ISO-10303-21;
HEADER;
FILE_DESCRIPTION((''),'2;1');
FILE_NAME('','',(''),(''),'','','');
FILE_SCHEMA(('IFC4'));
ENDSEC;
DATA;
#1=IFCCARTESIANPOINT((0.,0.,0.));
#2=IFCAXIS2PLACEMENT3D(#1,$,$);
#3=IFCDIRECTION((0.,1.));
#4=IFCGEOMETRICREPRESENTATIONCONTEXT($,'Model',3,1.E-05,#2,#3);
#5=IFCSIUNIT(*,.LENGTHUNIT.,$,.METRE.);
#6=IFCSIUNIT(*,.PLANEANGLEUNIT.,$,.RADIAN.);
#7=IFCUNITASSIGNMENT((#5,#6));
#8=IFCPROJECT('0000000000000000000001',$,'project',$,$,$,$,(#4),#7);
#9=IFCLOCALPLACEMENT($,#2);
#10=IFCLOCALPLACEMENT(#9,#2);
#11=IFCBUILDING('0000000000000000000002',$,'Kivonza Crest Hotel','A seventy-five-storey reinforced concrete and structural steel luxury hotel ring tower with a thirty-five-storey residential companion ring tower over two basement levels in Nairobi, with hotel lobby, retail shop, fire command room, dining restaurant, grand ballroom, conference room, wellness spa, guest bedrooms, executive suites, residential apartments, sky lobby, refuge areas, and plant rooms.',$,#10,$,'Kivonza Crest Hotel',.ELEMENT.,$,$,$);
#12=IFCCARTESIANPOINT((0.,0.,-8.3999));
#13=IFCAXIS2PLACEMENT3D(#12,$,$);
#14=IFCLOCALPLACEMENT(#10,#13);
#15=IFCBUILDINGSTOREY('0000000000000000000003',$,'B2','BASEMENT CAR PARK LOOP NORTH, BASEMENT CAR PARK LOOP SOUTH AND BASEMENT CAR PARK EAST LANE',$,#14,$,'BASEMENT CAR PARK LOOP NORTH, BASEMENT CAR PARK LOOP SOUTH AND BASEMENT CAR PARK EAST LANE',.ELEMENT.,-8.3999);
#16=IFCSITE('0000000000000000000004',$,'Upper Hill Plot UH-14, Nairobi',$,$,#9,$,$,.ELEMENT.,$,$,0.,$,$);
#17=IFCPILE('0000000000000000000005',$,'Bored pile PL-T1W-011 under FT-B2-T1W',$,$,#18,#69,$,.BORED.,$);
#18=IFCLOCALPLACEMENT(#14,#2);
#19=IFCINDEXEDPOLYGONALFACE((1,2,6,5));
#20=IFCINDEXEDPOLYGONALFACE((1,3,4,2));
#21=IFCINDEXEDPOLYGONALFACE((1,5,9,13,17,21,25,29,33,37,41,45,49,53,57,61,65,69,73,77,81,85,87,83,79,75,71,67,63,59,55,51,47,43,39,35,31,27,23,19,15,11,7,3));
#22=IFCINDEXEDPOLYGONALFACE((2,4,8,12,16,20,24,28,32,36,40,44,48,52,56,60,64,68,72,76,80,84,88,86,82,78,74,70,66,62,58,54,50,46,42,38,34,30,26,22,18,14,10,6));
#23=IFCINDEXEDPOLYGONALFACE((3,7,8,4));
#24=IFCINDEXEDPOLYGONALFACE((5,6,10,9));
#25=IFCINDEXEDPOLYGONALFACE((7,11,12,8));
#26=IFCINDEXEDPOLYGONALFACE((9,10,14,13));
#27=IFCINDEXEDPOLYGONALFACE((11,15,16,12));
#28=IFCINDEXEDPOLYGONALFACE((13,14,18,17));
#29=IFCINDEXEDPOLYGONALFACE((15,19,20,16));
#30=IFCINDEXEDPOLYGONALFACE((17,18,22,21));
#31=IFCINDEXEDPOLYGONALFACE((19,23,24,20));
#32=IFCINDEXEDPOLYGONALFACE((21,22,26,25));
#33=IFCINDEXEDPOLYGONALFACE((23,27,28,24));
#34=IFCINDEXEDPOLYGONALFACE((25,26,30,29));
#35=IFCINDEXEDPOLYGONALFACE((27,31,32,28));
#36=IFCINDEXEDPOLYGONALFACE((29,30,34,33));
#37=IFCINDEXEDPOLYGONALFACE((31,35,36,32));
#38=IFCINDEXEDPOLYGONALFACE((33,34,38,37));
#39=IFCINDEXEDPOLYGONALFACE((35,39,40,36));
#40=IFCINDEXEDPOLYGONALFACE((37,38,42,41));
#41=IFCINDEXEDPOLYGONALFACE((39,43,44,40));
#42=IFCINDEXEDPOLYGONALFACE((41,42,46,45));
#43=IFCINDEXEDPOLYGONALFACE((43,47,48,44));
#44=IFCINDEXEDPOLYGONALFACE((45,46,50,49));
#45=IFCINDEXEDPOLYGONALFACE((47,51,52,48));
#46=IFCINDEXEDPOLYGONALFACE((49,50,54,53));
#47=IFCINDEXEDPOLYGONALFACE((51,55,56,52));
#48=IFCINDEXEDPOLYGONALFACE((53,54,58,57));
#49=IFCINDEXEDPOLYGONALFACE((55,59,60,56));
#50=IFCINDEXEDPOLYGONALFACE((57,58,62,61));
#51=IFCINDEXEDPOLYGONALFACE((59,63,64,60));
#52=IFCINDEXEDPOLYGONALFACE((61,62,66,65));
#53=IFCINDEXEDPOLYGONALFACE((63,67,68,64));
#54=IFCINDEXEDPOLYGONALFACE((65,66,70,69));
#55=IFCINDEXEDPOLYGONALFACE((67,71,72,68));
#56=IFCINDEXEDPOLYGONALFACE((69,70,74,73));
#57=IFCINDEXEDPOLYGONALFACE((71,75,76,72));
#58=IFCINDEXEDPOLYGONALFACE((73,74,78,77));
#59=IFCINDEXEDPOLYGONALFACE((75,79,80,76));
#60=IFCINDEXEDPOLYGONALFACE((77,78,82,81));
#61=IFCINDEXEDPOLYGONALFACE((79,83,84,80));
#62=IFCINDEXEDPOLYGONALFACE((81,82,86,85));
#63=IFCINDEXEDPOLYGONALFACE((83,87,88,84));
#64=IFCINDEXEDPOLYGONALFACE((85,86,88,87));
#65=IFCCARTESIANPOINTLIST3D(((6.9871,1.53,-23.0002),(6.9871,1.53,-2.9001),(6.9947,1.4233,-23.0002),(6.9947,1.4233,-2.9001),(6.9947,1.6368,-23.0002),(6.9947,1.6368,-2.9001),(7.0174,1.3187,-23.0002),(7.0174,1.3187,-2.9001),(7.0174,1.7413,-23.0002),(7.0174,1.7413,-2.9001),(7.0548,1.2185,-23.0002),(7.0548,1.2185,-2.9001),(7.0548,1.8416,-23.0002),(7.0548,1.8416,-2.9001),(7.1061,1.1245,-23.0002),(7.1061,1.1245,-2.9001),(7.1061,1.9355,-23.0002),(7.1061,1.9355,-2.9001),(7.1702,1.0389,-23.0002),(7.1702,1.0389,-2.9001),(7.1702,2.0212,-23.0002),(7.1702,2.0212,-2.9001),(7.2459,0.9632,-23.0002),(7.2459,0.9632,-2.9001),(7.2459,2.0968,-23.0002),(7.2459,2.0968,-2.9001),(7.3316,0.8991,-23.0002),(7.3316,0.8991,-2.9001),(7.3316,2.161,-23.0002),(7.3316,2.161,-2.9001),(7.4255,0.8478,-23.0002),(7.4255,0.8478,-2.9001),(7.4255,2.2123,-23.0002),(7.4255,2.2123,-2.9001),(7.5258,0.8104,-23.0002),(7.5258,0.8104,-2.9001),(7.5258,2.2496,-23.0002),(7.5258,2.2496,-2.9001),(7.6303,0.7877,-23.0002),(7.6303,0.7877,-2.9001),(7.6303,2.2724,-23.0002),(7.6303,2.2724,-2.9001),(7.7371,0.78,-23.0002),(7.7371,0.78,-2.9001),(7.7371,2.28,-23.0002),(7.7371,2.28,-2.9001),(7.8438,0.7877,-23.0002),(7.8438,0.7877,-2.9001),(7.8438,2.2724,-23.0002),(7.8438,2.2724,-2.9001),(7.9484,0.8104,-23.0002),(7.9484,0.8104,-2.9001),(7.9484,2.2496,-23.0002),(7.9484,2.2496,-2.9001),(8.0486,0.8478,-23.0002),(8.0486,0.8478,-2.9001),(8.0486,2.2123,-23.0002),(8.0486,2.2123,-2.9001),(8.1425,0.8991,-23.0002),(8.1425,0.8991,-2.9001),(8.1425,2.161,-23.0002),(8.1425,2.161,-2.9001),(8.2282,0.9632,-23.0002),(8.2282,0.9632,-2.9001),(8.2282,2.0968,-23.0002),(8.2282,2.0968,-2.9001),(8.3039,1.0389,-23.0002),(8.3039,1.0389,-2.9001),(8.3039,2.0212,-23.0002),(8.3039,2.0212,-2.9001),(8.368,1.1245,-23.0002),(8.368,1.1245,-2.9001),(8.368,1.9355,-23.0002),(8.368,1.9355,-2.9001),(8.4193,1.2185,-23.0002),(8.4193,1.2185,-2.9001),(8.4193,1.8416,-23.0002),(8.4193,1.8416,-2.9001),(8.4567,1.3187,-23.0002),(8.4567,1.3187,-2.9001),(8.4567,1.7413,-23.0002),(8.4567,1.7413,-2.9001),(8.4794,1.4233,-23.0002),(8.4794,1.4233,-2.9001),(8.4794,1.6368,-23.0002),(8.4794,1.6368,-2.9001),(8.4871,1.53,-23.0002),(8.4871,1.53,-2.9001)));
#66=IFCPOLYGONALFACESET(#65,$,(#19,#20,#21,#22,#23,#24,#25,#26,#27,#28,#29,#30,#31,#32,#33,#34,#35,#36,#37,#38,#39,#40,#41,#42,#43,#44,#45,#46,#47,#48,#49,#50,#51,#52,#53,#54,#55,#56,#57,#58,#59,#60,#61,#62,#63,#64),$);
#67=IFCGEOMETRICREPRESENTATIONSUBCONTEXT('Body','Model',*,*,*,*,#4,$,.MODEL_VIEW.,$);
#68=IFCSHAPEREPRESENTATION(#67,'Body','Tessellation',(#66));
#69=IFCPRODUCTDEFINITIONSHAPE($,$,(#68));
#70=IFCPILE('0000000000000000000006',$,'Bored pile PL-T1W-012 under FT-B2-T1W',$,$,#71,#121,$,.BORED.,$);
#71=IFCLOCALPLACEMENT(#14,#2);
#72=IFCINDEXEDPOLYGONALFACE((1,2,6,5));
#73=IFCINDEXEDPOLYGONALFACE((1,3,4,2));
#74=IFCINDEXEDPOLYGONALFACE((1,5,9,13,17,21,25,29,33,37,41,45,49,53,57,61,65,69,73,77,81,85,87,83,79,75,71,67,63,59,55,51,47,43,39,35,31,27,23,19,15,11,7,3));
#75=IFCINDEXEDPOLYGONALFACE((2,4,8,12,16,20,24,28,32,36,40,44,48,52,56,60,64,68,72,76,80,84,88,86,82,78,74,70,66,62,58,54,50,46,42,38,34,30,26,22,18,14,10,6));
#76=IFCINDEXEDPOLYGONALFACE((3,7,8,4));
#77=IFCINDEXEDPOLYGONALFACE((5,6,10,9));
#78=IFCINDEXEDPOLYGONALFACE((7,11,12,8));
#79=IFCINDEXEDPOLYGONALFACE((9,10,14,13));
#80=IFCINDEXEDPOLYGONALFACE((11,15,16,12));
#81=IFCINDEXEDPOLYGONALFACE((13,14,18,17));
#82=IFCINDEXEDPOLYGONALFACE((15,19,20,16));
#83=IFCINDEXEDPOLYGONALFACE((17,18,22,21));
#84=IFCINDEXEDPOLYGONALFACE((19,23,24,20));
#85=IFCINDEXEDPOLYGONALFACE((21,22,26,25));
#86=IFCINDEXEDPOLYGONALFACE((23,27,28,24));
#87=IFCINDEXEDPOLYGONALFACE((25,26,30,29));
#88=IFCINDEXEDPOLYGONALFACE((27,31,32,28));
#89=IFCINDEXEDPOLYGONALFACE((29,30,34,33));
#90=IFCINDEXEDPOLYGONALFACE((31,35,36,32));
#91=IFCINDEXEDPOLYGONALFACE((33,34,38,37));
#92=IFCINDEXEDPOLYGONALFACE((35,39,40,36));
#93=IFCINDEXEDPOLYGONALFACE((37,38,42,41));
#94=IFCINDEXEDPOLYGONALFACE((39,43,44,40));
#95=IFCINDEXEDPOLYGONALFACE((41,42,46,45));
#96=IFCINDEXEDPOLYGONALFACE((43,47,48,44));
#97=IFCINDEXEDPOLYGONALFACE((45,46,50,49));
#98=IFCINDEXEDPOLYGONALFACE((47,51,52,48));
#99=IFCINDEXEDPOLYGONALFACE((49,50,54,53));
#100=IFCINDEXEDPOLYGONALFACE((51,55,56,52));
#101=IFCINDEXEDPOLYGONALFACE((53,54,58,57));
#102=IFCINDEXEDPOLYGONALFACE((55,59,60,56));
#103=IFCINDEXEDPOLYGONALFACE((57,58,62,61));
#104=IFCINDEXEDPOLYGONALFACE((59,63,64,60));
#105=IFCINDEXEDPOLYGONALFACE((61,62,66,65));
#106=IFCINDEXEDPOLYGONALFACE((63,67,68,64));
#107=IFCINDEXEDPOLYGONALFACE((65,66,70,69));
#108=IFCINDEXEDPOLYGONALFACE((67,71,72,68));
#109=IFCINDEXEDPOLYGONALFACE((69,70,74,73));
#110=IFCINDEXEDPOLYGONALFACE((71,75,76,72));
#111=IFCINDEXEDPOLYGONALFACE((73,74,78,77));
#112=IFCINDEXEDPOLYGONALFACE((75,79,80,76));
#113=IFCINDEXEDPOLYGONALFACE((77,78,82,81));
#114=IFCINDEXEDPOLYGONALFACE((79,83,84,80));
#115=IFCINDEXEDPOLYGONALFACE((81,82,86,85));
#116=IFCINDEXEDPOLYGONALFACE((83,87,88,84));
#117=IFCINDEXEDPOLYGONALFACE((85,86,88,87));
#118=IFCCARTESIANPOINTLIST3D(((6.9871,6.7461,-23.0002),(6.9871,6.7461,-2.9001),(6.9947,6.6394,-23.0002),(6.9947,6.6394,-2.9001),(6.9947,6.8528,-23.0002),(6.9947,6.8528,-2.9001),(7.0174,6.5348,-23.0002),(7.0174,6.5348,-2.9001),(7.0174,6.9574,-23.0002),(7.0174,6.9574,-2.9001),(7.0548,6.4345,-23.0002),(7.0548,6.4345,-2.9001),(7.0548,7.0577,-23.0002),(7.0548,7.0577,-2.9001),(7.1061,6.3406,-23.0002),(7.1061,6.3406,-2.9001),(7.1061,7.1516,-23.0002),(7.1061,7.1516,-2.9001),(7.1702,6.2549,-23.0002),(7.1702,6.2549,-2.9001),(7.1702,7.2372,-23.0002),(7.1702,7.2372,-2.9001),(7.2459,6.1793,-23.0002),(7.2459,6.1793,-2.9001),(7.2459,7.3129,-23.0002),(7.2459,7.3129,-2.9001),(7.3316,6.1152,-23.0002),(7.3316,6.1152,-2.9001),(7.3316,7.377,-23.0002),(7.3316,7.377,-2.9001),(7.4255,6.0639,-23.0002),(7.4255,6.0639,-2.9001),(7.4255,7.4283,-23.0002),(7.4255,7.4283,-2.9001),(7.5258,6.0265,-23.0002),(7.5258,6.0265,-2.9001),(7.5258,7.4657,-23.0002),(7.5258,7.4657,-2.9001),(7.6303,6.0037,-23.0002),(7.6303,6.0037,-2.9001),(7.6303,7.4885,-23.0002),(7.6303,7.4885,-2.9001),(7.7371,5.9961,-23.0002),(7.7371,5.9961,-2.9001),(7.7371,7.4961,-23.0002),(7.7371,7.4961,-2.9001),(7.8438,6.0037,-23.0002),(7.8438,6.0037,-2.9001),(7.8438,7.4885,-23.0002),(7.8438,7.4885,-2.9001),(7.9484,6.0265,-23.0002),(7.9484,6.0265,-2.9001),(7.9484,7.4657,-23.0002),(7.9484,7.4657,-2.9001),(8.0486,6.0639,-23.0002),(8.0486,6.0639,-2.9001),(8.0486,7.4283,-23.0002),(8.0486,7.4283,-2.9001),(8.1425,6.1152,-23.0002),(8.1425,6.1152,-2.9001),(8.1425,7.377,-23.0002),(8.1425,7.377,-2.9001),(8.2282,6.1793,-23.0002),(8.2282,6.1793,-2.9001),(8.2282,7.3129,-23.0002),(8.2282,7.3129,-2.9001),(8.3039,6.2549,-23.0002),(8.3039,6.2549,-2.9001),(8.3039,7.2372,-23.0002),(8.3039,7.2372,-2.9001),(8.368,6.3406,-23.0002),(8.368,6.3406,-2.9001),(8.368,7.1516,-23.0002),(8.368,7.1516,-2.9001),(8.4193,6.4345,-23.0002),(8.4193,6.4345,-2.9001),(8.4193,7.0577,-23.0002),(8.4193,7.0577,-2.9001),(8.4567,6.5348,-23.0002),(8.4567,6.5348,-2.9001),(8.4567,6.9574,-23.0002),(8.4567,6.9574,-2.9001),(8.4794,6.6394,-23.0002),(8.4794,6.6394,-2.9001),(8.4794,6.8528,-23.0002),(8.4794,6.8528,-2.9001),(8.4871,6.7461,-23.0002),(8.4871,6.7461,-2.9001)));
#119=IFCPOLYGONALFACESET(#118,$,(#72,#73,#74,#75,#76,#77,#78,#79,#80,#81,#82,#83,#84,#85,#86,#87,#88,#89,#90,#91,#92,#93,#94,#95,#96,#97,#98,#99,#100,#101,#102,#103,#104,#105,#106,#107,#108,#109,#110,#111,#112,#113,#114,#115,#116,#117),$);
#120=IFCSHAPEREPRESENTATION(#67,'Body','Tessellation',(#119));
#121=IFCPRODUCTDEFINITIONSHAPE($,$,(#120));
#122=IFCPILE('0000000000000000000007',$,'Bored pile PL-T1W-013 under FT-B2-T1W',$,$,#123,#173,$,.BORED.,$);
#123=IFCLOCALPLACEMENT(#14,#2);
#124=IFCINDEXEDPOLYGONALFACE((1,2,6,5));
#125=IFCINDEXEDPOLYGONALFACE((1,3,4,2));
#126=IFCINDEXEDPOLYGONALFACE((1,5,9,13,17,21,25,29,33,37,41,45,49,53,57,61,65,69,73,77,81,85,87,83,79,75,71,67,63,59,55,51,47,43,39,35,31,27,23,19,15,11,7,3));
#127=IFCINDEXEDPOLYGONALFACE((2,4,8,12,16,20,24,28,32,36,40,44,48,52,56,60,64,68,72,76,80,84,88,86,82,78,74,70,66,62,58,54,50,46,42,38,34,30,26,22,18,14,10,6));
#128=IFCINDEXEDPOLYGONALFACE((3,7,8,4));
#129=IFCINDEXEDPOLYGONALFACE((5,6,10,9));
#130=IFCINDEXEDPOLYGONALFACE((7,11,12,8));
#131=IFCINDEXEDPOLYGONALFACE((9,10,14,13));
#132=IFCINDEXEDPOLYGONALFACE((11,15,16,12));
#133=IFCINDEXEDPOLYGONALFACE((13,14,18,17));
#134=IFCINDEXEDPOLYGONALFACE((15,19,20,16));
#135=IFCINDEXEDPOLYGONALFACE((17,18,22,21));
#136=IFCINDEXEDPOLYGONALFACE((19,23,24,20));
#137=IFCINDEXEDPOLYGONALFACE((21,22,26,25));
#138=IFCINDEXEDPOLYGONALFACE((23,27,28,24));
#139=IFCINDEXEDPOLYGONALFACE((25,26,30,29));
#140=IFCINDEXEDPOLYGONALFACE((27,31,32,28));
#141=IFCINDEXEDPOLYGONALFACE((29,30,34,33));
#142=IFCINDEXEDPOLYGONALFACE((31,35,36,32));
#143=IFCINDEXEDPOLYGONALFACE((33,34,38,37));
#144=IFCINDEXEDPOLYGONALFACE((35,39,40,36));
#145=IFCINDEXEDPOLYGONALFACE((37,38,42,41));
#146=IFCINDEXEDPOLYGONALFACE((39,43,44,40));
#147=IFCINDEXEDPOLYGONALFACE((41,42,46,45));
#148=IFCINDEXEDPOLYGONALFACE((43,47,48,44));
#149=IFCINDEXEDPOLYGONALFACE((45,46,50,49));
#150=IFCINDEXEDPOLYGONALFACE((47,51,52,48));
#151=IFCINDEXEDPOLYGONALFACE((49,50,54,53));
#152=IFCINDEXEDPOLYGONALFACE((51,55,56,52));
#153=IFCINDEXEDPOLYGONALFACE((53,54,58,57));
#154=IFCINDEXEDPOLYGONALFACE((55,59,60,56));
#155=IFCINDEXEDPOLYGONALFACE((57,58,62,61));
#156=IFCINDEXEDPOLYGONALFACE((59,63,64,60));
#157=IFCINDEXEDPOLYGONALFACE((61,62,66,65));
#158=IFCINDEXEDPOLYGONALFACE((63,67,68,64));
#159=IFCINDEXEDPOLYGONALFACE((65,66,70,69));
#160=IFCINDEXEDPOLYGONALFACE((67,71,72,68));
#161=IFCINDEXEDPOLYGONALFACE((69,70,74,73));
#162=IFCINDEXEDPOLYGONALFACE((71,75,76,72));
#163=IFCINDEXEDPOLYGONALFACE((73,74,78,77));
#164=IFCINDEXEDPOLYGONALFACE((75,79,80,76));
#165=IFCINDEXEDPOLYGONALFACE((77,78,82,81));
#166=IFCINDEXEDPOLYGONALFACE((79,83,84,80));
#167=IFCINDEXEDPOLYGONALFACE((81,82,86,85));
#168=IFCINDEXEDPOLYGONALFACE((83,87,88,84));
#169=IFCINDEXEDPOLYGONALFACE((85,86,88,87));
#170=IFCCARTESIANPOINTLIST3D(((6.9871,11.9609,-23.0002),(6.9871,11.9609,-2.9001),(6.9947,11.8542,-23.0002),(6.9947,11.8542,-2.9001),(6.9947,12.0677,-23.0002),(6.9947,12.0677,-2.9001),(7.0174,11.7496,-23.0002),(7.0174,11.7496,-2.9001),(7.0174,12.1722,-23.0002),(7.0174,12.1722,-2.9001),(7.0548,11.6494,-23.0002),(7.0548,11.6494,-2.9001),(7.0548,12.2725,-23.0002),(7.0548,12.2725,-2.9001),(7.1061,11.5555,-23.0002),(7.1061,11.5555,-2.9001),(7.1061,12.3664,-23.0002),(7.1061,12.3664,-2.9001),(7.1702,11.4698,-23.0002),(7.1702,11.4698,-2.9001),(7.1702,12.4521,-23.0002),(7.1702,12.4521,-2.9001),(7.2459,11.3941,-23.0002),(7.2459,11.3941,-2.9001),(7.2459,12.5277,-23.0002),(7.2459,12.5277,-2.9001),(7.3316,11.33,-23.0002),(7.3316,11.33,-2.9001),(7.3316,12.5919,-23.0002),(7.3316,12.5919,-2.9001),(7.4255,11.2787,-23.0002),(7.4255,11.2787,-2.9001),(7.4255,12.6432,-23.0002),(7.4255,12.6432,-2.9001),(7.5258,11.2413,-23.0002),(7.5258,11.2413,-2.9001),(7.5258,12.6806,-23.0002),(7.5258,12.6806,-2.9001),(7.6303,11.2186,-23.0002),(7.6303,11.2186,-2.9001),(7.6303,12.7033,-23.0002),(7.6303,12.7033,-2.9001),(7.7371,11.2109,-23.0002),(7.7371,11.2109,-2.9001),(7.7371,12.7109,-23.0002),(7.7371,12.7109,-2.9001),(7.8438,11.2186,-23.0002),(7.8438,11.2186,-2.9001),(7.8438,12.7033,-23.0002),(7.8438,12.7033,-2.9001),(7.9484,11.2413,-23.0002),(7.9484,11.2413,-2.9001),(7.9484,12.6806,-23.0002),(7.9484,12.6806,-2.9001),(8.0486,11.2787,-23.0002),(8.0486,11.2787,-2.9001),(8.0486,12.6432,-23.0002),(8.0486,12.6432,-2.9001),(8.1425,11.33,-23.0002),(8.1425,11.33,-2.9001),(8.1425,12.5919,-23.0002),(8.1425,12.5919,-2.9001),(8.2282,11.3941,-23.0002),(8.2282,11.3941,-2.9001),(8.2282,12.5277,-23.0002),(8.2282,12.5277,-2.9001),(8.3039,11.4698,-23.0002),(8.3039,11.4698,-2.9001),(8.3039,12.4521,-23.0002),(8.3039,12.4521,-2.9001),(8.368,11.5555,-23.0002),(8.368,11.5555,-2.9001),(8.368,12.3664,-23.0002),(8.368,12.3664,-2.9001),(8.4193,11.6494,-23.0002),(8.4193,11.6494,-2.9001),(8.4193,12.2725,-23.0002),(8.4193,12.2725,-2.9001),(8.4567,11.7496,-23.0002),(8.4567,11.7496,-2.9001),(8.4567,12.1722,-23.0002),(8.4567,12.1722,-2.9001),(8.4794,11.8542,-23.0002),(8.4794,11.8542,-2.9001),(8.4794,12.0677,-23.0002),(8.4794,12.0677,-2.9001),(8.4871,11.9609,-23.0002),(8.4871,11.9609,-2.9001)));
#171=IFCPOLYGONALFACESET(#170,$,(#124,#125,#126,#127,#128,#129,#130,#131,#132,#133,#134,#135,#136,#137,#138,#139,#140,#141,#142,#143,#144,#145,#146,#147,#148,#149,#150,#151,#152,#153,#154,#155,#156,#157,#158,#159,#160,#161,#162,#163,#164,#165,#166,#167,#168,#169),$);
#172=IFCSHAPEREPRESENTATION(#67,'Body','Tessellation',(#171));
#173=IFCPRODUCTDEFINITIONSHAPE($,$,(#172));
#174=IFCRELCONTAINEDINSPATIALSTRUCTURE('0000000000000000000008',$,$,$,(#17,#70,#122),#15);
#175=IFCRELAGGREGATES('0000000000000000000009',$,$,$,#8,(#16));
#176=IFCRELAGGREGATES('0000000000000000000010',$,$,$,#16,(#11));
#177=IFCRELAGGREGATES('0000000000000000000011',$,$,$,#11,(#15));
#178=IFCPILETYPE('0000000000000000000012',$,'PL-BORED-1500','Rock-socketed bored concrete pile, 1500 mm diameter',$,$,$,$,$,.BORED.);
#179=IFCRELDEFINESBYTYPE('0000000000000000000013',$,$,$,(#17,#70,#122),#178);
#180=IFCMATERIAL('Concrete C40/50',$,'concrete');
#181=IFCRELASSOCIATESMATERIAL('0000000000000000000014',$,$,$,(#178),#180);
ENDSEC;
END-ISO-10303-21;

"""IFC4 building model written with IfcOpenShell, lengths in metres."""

from ifc_helpers import new_model, si_unit, direction, frame, origin, origin_2d, place, context, subcontext, project, spatial, circle, extrude, material, material_profile, profile_set, type_object, element, save


model = new_model("IFC4")

# Units and contexts
model_context = context("Model", 3, precision=1e-05, world=origin(), true_north=direction((0.0, 1.0)))
body_context = subcontext(model_context, "Body", "Model", "MODEL_VIEW")
ifc_project = project(units=[si_unit("LENGTHUNIT", "METRE"), si_unit("PLANEANGLEUNIT", "RADIAN")], contexts=[model_context])

# Site, building, storey
site_placement = place(None, origin())
site = spatial("IfcSite", under=ifc_project, at=site_placement, Name="Upper Hill Plot UH-14, Nairobi", CompositionType="ELEMENT", RefElevation=0.0)
building_placement = place(site_placement, origin())
building = spatial("IfcBuilding", under=site, at=building_placement, Name="Kivonza Crest Hotel", Description="A seventy-five-storey reinforced concrete and structural steel luxury hotel ring tower with a thirty-five-storey residential companion ring tower over two basement levels in Nairobi, with hotel lobby, retail shop, fire command room, dining restaurant, grand ballroom, conference room, wellness spa, guest bedrooms, executive suites, residential apartments, sky lobby, refuge areas, and plant rooms.", LongName="Kivonza Crest Hotel", CompositionType="ELEMENT")
storey_placement = place(building_placement, frame((0.0, 0.0, -8.3999)))
storey = spatial("IfcBuildingStorey", under=building, at=storey_placement, Name="B2", Description="BASEMENT CAR PARK LOOP NORTH, BASEMENT CAR PARK LOOP SOUTH AND BASEMENT CAR PARK EAST LANE", LongName="BASEMENT CAR PARK LOOP NORTH, BASEMENT CAR PARK LOOP SOUTH AND BASEMENT CAR PARK EAST LANE", CompositionType="ELEMENT", Elevation=-8.3999)

# Piles
ifc_material_1 = material(Name="Concrete C40/50", Category="concrete")
ifc_material_profile_1 = material_profile(ifc_material_1, circle(Radius=0.75, at=origin_2d()), Name="PILE D1500")
ifc_profile_set_1 = profile_set([ifc_material_profile_1], Name="Concrete C40/50")
pile_type = type_object("IfcPileType", Name="PL-BORED-1500", Description="Rock-socketed bored concrete pile, 1500 mm diameter", PredefinedType="BORED", material=ifc_profile_set_1)
for number, where, z_axis, x_axis, name in (
    (1, (7.7371, 1.53, -2.9001), (0.0, 0.0, -1.0), (1.0, 0.0, 0.0), "Bored pile PL-T1W-011 under FT-B2-T1W"),
    (2, (7.7371, 6.7461, -2.9001), (0.0, 0.0, -1.0), (1.0, 0.0, 0.0), "Bored pile PL-T1W-012 under FT-B2-T1W"),
    (3, (7.7371, 11.9609, -2.9001), (0.0, 0.0, -1.0), (1.0, 0.0, 0.0), "Bored pile PL-T1W-013 under FT-B2-T1W"),
):
    element("IfcPile", number, at=place(storey_placement, frame(where, z_axis=z_axis, x_axis=x_axis)), inside=storey, type_object=pile_type, Name=name, PredefinedType="BORED", context=body_context, shape_type="SweptSolid", body=[
        extrude(circle(Radius=0.75, at=origin_2d()), origin(), (0.0, 0.0, 1.0), 20.1001),
    ])

save(model, "model.ifc")
